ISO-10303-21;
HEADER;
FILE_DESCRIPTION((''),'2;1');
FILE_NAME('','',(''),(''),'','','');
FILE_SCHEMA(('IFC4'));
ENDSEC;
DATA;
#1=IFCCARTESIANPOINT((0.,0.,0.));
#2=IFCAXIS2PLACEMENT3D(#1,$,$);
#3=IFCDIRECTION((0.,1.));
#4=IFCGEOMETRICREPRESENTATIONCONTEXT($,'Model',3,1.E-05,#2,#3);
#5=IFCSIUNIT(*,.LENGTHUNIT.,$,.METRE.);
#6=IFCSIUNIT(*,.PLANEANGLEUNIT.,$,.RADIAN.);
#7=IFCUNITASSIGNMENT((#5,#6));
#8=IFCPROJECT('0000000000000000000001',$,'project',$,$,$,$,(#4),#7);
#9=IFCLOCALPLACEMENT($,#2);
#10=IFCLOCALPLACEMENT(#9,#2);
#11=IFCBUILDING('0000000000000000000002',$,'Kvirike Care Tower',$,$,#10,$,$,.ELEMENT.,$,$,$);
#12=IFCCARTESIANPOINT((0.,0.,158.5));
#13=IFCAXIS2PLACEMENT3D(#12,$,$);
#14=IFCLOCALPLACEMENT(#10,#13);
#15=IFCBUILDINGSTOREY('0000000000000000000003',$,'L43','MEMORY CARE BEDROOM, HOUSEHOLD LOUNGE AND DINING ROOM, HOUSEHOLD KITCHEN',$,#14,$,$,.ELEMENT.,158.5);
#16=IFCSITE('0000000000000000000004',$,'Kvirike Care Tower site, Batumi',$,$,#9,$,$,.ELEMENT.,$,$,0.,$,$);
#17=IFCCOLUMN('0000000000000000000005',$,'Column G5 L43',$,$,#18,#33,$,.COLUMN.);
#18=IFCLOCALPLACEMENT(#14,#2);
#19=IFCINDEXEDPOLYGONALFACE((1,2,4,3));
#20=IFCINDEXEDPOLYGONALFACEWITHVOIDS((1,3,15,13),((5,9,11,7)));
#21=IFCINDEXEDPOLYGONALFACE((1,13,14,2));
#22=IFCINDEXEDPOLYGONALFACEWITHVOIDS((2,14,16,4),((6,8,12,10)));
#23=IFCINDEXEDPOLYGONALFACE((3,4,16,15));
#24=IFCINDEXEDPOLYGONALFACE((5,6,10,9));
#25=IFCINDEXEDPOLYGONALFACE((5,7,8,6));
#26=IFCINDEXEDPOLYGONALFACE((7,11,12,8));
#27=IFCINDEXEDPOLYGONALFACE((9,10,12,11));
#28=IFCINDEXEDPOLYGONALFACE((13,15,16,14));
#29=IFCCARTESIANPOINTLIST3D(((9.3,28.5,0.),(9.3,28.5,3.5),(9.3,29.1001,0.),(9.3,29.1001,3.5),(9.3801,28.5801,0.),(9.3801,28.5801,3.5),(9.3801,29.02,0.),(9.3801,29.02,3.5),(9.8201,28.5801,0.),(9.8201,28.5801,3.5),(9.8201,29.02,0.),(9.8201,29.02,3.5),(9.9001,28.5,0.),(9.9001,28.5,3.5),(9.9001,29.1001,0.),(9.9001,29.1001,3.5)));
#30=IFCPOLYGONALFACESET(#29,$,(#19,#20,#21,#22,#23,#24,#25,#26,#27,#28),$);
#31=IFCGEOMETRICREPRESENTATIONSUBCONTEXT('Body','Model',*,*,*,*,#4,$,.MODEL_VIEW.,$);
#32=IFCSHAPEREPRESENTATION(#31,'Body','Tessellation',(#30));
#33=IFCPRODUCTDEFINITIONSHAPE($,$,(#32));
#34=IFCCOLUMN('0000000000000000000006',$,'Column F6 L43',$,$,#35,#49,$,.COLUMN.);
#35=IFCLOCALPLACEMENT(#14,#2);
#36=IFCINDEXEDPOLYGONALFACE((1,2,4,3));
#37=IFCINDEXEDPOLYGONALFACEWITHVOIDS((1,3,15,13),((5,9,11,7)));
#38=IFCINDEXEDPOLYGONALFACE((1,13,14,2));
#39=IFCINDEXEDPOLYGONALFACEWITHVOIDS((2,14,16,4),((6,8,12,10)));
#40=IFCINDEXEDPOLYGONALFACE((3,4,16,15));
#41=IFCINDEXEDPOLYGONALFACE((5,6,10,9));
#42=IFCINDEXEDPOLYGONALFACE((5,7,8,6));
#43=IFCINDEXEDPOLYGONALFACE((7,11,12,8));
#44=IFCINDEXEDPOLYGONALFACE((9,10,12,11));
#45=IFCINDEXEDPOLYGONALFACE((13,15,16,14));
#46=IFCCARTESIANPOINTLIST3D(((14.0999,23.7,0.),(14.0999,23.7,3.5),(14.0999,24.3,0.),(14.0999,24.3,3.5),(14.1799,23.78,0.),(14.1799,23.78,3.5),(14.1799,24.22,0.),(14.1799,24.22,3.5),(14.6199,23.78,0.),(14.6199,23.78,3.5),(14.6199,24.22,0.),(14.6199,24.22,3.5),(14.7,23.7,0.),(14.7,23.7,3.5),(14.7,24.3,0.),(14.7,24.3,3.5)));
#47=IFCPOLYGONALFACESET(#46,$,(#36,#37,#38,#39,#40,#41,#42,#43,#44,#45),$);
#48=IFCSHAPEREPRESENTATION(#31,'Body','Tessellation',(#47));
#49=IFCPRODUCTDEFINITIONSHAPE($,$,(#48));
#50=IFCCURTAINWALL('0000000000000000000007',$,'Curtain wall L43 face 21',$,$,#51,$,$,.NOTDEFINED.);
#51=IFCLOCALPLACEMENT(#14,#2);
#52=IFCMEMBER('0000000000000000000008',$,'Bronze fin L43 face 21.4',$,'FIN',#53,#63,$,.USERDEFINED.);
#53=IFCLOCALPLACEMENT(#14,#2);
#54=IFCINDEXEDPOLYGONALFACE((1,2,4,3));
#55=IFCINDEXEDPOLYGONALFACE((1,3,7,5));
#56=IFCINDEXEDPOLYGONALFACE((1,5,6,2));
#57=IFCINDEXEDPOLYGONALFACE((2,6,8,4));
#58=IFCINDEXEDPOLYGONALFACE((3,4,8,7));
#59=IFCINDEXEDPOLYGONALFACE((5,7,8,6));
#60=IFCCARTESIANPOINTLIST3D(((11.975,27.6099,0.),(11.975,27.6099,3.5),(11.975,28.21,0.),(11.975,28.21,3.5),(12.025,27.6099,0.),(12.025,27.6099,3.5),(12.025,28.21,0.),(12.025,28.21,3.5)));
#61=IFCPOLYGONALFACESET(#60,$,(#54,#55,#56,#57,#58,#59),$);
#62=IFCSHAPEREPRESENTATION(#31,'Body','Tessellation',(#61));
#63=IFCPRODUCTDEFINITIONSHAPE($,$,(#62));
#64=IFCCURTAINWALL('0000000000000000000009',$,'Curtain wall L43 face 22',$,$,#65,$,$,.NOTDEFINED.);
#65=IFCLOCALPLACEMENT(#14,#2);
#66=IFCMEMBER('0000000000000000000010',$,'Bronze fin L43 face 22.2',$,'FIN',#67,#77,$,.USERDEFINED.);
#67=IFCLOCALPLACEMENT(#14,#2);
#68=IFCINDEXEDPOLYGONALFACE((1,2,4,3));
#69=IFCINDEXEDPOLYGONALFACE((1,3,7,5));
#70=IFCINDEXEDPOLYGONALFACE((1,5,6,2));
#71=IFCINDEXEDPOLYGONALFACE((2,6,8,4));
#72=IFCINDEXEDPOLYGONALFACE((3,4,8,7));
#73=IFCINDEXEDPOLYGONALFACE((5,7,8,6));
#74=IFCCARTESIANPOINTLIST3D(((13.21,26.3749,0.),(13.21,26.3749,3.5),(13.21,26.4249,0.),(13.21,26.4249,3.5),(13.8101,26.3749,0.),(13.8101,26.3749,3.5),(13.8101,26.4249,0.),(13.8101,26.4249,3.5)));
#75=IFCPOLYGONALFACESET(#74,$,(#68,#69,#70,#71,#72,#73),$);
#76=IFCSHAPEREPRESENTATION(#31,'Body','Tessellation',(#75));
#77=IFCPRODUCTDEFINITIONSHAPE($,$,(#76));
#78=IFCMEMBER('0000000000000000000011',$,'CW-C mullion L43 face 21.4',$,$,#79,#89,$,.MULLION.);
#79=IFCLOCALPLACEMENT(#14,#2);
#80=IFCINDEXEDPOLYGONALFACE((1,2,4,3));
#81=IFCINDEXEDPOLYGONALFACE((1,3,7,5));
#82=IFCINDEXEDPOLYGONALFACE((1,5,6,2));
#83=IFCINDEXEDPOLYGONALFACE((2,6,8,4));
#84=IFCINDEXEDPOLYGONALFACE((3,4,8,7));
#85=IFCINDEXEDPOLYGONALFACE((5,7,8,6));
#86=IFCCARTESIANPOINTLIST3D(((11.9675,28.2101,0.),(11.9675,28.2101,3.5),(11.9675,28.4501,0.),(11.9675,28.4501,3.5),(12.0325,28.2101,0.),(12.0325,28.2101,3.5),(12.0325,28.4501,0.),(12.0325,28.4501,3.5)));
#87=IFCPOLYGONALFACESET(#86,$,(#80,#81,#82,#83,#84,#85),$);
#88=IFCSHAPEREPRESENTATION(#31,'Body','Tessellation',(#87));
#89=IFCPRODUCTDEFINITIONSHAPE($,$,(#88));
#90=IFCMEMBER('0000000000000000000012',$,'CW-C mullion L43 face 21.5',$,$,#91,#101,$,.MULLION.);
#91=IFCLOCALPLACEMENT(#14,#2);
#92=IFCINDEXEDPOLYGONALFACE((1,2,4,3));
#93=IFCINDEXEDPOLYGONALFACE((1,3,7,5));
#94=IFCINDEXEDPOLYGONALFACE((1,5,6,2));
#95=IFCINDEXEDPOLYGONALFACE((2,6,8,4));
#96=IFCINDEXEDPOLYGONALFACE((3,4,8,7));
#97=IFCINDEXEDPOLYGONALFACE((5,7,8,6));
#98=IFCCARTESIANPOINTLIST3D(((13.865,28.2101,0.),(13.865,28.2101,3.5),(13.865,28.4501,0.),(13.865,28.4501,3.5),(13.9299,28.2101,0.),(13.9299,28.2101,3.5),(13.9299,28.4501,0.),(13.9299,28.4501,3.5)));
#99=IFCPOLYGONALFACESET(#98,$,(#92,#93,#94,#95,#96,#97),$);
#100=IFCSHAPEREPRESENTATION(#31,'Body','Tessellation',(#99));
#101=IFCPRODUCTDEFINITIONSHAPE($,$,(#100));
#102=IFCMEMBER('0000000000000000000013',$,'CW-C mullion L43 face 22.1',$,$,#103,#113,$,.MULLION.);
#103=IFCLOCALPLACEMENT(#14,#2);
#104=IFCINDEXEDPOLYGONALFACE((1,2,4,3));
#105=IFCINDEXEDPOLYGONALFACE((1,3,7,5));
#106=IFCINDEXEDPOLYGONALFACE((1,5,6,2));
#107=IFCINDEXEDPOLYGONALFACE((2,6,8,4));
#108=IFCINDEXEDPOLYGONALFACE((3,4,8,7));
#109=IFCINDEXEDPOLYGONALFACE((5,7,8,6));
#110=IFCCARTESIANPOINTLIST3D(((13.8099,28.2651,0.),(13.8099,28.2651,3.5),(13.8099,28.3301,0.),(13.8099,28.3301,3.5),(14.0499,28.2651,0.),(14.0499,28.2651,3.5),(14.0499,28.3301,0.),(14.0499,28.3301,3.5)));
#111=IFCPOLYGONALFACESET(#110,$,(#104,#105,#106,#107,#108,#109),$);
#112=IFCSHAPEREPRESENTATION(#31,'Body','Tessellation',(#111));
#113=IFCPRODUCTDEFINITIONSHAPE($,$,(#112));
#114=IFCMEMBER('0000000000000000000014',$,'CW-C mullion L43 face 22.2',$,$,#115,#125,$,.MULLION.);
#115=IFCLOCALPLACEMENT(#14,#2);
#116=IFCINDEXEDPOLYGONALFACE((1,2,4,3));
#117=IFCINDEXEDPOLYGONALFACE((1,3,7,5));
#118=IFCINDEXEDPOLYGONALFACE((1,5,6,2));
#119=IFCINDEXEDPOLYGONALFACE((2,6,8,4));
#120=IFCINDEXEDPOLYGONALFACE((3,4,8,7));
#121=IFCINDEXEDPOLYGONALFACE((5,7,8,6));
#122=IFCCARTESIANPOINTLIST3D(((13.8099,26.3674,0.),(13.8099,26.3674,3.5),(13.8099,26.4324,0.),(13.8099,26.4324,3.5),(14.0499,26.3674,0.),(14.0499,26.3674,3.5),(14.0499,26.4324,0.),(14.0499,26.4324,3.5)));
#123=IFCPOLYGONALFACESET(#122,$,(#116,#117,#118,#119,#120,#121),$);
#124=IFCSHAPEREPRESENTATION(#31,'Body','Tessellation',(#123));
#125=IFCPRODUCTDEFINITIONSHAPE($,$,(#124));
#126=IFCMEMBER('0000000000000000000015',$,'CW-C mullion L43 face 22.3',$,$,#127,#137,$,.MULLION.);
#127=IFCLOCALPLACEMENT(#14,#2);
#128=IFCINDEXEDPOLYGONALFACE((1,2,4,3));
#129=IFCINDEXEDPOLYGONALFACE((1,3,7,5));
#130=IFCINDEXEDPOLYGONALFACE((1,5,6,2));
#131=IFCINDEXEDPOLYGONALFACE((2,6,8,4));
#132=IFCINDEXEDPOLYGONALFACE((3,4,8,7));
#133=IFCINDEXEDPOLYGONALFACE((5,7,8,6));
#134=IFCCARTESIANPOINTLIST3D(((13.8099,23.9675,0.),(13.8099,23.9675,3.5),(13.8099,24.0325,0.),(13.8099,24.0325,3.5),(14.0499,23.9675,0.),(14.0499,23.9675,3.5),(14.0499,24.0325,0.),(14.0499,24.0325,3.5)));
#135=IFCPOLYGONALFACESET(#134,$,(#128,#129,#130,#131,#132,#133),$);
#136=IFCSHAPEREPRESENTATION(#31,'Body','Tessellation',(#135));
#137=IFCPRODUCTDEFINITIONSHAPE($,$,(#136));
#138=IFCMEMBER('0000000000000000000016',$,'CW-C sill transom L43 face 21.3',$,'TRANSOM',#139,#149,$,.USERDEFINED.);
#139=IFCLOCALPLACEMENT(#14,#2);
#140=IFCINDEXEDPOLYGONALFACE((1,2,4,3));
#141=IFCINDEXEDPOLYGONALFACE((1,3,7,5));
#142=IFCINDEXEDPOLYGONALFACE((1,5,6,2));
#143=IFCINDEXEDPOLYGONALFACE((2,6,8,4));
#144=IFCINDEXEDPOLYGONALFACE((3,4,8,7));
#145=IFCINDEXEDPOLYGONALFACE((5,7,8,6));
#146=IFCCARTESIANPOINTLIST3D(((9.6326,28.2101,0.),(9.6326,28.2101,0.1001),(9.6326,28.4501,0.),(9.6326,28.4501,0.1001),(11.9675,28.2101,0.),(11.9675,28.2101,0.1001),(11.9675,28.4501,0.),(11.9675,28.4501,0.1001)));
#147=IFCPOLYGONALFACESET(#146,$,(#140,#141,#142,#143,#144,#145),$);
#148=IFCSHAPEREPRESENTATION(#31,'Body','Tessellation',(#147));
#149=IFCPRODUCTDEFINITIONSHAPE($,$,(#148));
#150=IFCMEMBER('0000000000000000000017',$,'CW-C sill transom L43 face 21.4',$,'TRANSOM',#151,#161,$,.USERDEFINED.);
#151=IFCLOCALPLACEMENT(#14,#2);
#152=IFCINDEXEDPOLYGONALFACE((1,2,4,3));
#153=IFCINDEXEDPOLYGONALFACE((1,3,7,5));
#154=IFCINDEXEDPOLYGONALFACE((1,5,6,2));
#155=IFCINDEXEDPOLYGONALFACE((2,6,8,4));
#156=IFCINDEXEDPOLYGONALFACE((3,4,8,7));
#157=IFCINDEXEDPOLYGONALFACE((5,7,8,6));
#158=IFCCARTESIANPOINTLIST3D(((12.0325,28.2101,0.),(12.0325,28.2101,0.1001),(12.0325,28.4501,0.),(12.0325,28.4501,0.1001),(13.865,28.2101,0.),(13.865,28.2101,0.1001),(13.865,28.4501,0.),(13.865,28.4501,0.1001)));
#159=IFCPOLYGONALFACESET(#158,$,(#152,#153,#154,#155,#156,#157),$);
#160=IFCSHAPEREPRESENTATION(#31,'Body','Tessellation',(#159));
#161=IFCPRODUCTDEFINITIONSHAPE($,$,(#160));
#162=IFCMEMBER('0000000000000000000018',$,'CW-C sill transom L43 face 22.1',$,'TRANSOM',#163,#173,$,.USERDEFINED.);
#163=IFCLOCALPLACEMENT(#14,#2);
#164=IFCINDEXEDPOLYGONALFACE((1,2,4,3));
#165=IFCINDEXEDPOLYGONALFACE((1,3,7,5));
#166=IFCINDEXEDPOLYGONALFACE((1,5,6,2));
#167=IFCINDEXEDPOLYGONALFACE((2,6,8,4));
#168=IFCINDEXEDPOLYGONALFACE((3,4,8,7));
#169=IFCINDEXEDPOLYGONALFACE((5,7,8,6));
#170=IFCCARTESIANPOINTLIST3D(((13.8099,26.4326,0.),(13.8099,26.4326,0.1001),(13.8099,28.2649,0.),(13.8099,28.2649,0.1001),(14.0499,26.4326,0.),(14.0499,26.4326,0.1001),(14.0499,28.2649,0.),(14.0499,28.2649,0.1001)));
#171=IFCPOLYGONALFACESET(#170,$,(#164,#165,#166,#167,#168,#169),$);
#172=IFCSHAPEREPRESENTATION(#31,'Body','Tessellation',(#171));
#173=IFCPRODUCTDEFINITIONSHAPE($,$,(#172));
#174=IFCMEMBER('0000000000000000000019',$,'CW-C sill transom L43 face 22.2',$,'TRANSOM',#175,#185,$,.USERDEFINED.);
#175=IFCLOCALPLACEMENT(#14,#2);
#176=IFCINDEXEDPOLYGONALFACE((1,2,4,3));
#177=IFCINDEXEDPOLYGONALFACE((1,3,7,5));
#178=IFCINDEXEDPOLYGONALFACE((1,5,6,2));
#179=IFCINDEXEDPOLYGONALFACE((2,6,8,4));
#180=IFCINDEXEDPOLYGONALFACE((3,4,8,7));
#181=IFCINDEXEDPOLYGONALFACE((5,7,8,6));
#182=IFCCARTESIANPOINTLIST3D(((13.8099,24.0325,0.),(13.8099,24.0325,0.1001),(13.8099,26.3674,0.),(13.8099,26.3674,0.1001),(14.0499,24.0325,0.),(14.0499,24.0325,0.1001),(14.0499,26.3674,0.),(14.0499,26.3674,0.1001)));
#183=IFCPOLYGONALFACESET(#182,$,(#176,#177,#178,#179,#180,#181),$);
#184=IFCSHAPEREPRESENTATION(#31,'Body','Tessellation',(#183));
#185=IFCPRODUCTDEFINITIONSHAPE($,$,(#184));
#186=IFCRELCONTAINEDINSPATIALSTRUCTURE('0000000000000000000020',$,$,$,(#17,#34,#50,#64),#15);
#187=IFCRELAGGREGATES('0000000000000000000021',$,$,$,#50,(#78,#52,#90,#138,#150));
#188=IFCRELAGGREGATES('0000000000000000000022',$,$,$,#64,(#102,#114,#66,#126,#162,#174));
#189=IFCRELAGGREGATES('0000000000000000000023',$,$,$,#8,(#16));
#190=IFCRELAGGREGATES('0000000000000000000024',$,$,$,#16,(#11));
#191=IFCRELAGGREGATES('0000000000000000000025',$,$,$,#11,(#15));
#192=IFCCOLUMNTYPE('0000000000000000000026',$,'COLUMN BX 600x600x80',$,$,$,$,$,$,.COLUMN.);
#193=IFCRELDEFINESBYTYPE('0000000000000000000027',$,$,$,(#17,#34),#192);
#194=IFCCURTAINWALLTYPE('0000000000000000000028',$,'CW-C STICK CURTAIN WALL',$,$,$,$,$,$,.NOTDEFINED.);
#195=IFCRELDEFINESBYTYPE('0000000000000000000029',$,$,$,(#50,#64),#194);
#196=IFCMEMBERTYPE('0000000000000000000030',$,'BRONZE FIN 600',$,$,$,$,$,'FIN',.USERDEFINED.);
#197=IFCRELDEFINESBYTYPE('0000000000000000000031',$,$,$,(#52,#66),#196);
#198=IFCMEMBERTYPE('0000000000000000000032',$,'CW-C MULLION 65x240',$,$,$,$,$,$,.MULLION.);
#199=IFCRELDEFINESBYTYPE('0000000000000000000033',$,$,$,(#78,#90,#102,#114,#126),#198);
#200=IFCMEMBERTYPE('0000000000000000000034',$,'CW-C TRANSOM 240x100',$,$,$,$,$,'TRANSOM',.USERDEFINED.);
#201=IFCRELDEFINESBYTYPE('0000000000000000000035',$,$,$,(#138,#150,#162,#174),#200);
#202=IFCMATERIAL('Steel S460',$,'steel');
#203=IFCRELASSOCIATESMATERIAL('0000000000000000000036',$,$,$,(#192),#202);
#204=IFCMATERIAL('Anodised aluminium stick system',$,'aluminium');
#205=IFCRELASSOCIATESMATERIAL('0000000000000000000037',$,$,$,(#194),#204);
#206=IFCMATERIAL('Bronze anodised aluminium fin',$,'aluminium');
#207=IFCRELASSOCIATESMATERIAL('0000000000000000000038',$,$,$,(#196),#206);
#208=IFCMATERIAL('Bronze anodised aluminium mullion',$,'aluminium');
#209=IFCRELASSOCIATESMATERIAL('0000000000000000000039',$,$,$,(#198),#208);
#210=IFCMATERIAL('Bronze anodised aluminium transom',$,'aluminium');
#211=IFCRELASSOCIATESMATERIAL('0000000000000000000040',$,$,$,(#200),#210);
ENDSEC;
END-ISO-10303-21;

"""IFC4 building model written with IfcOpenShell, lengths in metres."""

from ifc_helpers import new_model, si_unit, direction, frame, origin, origin_2d, place, context, subcontext, project, spatial, rectangle, hollow_rectangle, extrude, material, material_profile, profile_set, type_object, element, aggregate, save


model = new_model("IFC4")

# Units and contexts
model_context = context("Model", 3, precision=1e-05, world=origin(), true_north=direction((0.0, 1.0)))
body_context = subcontext(model_context, "Body", "Model", "MODEL_VIEW")
ifc_project = project(units=[si_unit("LENGTHUNIT", "METRE"), si_unit("PLANEANGLEUNIT", "RADIAN")], contexts=[model_context])

# Site, building, storey
site_placement = place(None, origin())
site = spatial("IfcSite", under=ifc_project, at=site_placement, Name="Kvirike Care Tower site, Batumi", CompositionType="ELEMENT", RefElevation=0.0)
building_placement = place(site_placement, origin())
building = spatial("IfcBuilding", under=site, at=building_placement, Name="Kvirike Care Tower", CompositionType="ELEMENT")
storey_placement = place(building_placement, frame((0.0, 0.0, 158.5)))
storey = spatial("IfcBuildingStorey", under=building, at=storey_placement, Name="L43", Description="MEMORY CARE BEDROOM, HOUSEHOLD LOUNGE AND DINING ROOM, HOUSEHOLD KITCHEN", CompositionType="ELEMENT", Elevation=158.5)

# Columns
ifc_material_1 = material(Name="Steel S460", Category="steel")
ifc_material_profile_1 = material_profile(ifc_material_1, hollow_rectangle(XDim=0.6001, YDim=0.6001, WallThickness=0.0801, at=origin_2d()), Name="BX 600x600x80")
ifc_profile_set_1 = profile_set([ifc_material_profile_1], Name="Steel S460")
column_type = type_object("IfcColumnType", Name="COLUMN BX 600x600x80", PredefinedType="COLUMN", material=ifc_profile_set_1)
for number, where, z_axis, x_axis, name in (
    (1, (9.6001, 28.8, 0.0), (0.0, 0.0, 1.0), (0.0, 1.0, 0.0), "Column G5 L43"),
    (2, (14.3999, 24.0, 0.0), (0.0, 0.0, 1.0), (1.0, 0.0, 0.0), "Column F6 L43"),
):
    element("IfcColumn", number, at=place(storey_placement, frame(where, z_axis=z_axis, x_axis=x_axis)), inside=storey, type_object=column_type, Name=name, PredefinedType="COLUMN", context=body_context, shape_type="SweptSolid", body=[
        extrude(hollow_rectangle(XDim=0.6001, YDim=0.6001, WallThickness=0.0801, at=origin_2d()), origin(), (0.0, 0.0, 1.0), 3.5),
    ])

# Curtain walls, members
ifc_material_2 = material(Name="Anodised aluminium stick system", Category="aluminium")
curtain_wall_type = type_object("IfcCurtainWallType", Name="CW-C STICK CURTAIN WALL", PredefinedType="NOTDEFINED", material=ifc_material_2)
curtain_wall_1_placement = place(storey_placement, origin())
curtain_wall_1 = element("IfcCurtainWall", 3, at=curtain_wall_1_placement, inside=storey, type_object=curtain_wall_type, Name="Curtain wall L43 face 21", PredefinedType="NOTDEFINED")
ifc_material_3 = material(Name="Bronze anodised aluminium fin", Category="aluminium")
ifc_material_profile_2 = material_profile(ifc_material_3, rectangle(XDim=0.05, YDim=0.6001, at=origin_2d()), Name="BRONZE FIN 600")
ifc_profile_set_2 = profile_set([ifc_material_profile_2], Name="Bronze anodised aluminium fin")
member_type_1 = type_object("IfcMemberType", Name="BRONZE FIN 600", ElementType="FIN", PredefinedType="USERDEFINED", material=ifc_profile_set_2)
member_1_placement = place(storey_placement, frame((12.0, 27.9099, 0.0), z_axis=(0.0, 0.0, 1.0), x_axis=(1.0, 0.0, 0.0)))
member_1 = element("IfcMember", 4, at=member_1_placement, type_object=member_type_1, Name="Bronze fin L43 face 21.4", ObjectType="FIN", PredefinedType="USERDEFINED", context=body_context, shape_type="SweptSolid", body=[
    extrude(rectangle(XDim=0.05, YDim=0.6001, at=origin_2d()), origin(), (0.0, 0.0, 1.0), 3.5),
])
curtain_wall_2_placement = place(storey_placement, origin())
curtain_wall_2 = element("IfcCurtainWall", 5, at=curtain_wall_2_placement, inside=storey, type_object=curtain_wall_type, Name="Curtain wall L43 face 22", PredefinedType="NOTDEFINED")
member_2_placement = place(storey_placement, frame((13.51, 26.3999, 0.0), z_axis=(0.0, 0.0, 1.0), x_axis=(0.0, -1.0, 0.0)))
member_2 = element("IfcMember", 6, at=member_2_placement, type_object=member_type_1, Name="Bronze fin L43 face 22.2", ObjectType="FIN", PredefinedType="USERDEFINED", context=body_context, shape_type="SweptSolid", body=[
    extrude(rectangle(XDim=0.05, YDim=0.6001, at=origin_2d()), origin(), (0.0, 0.0, 1.0), 3.5),
])

# Members
ifc_material_4 = material(Name="Bronze anodised aluminium mullion", Category="aluminium")
ifc_material_profile_3 = material_profile(ifc_material_4, rectangle(XDim=0.0649, YDim=0.24, at=origin_2d()), Name="CW-C MULLION 65x240")
ifc_profile_set_3 = profile_set([ifc_material_profile_3], Name="Bronze anodised aluminium mullion")
member_type_2 = type_object("IfcMemberType", Name="CW-C MULLION 65x240", PredefinedType="MULLION", material=ifc_profile_set_3)
member_3_placement = place(storey_placement, frame((12.0, 28.3301, 0.0), z_axis=(0.0, 0.0, 1.0), x_axis=(1.0, 0.0, 0.0)))
member_3 = element("IfcMember", 7, at=member_3_placement, type_object=member_type_2, Name="CW-C mullion L43 face 21.4", PredefinedType="MULLION", context=body_context, shape_type="SweptSolid", body=[
    extrude(rectangle(XDim=0.0649, YDim=0.24, at=origin_2d()), origin(), (0.0, 0.0, 1.0), 3.5),
])
member_4_placement = place(storey_placement, frame((13.8975, 28.3301, 0.0), z_axis=(0.0, 0.0, 1.0), x_axis=(1.0, 0.0, 0.0)))
member_4 = element("IfcMember", 8, at=member_4_placement, type_object=member_type_2, Name="CW-C mullion L43 face 21.5", PredefinedType="MULLION", context=body_context, shape_type="SweptSolid", body=[
    extrude(rectangle(XDim=0.0649, YDim=0.24, at=origin_2d()), origin(), (0.0, 0.0, 1.0), 3.5),
])
member_5_placement = place(storey_placement, frame((13.9299, 28.2976, 0.0), z_axis=(0.0, 0.0, 1.0), x_axis=(0.0, -1.0, 0.0)))
member_5 = element("IfcMember", 9, at=member_5_placement, type_object=member_type_2, Name="CW-C mullion L43 face 22.1", PredefinedType="MULLION", context=body_context, shape_type="SweptSolid", body=[
    extrude(rectangle(XDim=0.0649, YDim=0.24, at=origin_2d()), origin(), (0.0, 0.0, 1.0), 3.5),
])
member_6_placement = place(storey_placement, frame((13.9299, 26.3999, 0.0), z_axis=(0.0, 0.0, 1.0), x_axis=(0.0, -1.0, 0.0)))
member_6 = element("IfcMember", 10, at=member_6_placement, type_object=member_type_2, Name="CW-C mullion L43 face 22.2", PredefinedType="MULLION", context=body_context, shape_type="SweptSolid", body=[
    extrude(rectangle(XDim=0.0649, YDim=0.24, at=origin_2d()), origin(), (0.0, 0.0, 1.0), 3.5),
])
member_7_placement = place(storey_placement, frame((13.9299, 24.0, 0.0), z_axis=(0.0, 0.0, 1.0), x_axis=(0.0, -1.0, 0.0)))
member_7 = element("IfcMember", 11, at=member_7_placement, type_object=member_type_2, Name="CW-C mullion L43 face 22.3", PredefinedType="MULLION", context=body_context, shape_type="SweptSolid", body=[
    extrude(rectangle(XDim=0.0649, YDim=0.24, at=origin_2d()), origin(), (0.0, 0.0, 1.0), 3.5),
])
ifc_material_5 = material(Name="Bronze anodised aluminium transom", Category="aluminium")
ifc_material_profile_4 = material_profile(ifc_material_5, rectangle(XDim=0.24, YDim=0.1001, at=origin_2d()), Name="CW-C TRANSOM 240x100")
ifc_profile_set_4 = profile_set([ifc_material_profile_4], Name="Bronze anodised aluminium transom")
member_type_3 = type_object("IfcMemberType", Name="CW-C TRANSOM 240x100", ElementType="TRANSOM", PredefinedType="USERDEFINED", material=ifc_profile_set_4)
member_8_placement = place(storey_placement, frame((9.6326, 28.3301, 0.05), z_axis=(1.0, 0.0, 0.0), x_axis=(0.0, 1.0, 0.0)))
member_8 = element("IfcMember", 12, at=member_8_placement, type_object=member_type_3, Name="CW-C sill transom L43 face 21.3", ObjectType="TRANSOM", PredefinedType="USERDEFINED", context=body_context, shape_type="SweptSolid", body=[
    extrude(rectangle(XDim=0.24, YDim=0.1001, at=origin_2d()), origin(), (0.0, 0.0, 1.0), 2.335),
])
member_9_placement = place(storey_placement, frame((12.0325, 28.3301, 0.05), z_axis=(1.0, 0.0, 0.0), x_axis=(0.0, 1.0, 0.0)))
member_9 = element("IfcMember", 13, at=member_9_placement, type_object=member_type_3, Name="CW-C sill transom L43 face 21.4", ObjectType="TRANSOM", PredefinedType="USERDEFINED", context=body_context, shape_type="SweptSolid", body=[
    extrude(rectangle(XDim=0.24, YDim=0.1001, at=origin_2d()), origin(), (0.0, 0.0, 1.0), 1.8325),
])
member_10_placement = place(storey_placement, frame((13.9299, 28.2649, 0.05), z_axis=(0.0, -1.0, 0.0), x_axis=(1.0, 0.0, 0.0)))
member_10 = element("IfcMember", 14, at=member_10_placement, type_object=member_type_3, Name="CW-C sill transom L43 face 22.1", ObjectType="TRANSOM", PredefinedType="USERDEFINED", context=body_context, shape_type="SweptSolid", body=[
    extrude(rectangle(XDim=0.24, YDim=0.1001, at=origin_2d()), origin(), (0.0, 0.0, 1.0), 1.8323),
])
member_11_placement = place(storey_placement, frame((13.9299, 26.3674, 0.05), z_axis=(0.0, -1.0, 0.0), x_axis=(1.0, 0.0, 0.0)))
member_11 = element("IfcMember", 15, at=member_11_placement, type_object=member_type_3, Name="CW-C sill transom L43 face 22.2", ObjectType="TRANSOM", PredefinedType="USERDEFINED", context=body_context, shape_type="SweptSolid", body=[
    extrude(rectangle(XDim=0.24, YDim=0.1001, at=origin_2d()), origin(), (0.0, 0.0, 1.0), 2.335),
])

aggregate(curtain_wall_1, [member_3, member_1, member_4, member_8, member_9])
aggregate(curtain_wall_2, [member_5, member_6, member_2, member_7, member_10, member_11])

save(model, "model.ifc")
